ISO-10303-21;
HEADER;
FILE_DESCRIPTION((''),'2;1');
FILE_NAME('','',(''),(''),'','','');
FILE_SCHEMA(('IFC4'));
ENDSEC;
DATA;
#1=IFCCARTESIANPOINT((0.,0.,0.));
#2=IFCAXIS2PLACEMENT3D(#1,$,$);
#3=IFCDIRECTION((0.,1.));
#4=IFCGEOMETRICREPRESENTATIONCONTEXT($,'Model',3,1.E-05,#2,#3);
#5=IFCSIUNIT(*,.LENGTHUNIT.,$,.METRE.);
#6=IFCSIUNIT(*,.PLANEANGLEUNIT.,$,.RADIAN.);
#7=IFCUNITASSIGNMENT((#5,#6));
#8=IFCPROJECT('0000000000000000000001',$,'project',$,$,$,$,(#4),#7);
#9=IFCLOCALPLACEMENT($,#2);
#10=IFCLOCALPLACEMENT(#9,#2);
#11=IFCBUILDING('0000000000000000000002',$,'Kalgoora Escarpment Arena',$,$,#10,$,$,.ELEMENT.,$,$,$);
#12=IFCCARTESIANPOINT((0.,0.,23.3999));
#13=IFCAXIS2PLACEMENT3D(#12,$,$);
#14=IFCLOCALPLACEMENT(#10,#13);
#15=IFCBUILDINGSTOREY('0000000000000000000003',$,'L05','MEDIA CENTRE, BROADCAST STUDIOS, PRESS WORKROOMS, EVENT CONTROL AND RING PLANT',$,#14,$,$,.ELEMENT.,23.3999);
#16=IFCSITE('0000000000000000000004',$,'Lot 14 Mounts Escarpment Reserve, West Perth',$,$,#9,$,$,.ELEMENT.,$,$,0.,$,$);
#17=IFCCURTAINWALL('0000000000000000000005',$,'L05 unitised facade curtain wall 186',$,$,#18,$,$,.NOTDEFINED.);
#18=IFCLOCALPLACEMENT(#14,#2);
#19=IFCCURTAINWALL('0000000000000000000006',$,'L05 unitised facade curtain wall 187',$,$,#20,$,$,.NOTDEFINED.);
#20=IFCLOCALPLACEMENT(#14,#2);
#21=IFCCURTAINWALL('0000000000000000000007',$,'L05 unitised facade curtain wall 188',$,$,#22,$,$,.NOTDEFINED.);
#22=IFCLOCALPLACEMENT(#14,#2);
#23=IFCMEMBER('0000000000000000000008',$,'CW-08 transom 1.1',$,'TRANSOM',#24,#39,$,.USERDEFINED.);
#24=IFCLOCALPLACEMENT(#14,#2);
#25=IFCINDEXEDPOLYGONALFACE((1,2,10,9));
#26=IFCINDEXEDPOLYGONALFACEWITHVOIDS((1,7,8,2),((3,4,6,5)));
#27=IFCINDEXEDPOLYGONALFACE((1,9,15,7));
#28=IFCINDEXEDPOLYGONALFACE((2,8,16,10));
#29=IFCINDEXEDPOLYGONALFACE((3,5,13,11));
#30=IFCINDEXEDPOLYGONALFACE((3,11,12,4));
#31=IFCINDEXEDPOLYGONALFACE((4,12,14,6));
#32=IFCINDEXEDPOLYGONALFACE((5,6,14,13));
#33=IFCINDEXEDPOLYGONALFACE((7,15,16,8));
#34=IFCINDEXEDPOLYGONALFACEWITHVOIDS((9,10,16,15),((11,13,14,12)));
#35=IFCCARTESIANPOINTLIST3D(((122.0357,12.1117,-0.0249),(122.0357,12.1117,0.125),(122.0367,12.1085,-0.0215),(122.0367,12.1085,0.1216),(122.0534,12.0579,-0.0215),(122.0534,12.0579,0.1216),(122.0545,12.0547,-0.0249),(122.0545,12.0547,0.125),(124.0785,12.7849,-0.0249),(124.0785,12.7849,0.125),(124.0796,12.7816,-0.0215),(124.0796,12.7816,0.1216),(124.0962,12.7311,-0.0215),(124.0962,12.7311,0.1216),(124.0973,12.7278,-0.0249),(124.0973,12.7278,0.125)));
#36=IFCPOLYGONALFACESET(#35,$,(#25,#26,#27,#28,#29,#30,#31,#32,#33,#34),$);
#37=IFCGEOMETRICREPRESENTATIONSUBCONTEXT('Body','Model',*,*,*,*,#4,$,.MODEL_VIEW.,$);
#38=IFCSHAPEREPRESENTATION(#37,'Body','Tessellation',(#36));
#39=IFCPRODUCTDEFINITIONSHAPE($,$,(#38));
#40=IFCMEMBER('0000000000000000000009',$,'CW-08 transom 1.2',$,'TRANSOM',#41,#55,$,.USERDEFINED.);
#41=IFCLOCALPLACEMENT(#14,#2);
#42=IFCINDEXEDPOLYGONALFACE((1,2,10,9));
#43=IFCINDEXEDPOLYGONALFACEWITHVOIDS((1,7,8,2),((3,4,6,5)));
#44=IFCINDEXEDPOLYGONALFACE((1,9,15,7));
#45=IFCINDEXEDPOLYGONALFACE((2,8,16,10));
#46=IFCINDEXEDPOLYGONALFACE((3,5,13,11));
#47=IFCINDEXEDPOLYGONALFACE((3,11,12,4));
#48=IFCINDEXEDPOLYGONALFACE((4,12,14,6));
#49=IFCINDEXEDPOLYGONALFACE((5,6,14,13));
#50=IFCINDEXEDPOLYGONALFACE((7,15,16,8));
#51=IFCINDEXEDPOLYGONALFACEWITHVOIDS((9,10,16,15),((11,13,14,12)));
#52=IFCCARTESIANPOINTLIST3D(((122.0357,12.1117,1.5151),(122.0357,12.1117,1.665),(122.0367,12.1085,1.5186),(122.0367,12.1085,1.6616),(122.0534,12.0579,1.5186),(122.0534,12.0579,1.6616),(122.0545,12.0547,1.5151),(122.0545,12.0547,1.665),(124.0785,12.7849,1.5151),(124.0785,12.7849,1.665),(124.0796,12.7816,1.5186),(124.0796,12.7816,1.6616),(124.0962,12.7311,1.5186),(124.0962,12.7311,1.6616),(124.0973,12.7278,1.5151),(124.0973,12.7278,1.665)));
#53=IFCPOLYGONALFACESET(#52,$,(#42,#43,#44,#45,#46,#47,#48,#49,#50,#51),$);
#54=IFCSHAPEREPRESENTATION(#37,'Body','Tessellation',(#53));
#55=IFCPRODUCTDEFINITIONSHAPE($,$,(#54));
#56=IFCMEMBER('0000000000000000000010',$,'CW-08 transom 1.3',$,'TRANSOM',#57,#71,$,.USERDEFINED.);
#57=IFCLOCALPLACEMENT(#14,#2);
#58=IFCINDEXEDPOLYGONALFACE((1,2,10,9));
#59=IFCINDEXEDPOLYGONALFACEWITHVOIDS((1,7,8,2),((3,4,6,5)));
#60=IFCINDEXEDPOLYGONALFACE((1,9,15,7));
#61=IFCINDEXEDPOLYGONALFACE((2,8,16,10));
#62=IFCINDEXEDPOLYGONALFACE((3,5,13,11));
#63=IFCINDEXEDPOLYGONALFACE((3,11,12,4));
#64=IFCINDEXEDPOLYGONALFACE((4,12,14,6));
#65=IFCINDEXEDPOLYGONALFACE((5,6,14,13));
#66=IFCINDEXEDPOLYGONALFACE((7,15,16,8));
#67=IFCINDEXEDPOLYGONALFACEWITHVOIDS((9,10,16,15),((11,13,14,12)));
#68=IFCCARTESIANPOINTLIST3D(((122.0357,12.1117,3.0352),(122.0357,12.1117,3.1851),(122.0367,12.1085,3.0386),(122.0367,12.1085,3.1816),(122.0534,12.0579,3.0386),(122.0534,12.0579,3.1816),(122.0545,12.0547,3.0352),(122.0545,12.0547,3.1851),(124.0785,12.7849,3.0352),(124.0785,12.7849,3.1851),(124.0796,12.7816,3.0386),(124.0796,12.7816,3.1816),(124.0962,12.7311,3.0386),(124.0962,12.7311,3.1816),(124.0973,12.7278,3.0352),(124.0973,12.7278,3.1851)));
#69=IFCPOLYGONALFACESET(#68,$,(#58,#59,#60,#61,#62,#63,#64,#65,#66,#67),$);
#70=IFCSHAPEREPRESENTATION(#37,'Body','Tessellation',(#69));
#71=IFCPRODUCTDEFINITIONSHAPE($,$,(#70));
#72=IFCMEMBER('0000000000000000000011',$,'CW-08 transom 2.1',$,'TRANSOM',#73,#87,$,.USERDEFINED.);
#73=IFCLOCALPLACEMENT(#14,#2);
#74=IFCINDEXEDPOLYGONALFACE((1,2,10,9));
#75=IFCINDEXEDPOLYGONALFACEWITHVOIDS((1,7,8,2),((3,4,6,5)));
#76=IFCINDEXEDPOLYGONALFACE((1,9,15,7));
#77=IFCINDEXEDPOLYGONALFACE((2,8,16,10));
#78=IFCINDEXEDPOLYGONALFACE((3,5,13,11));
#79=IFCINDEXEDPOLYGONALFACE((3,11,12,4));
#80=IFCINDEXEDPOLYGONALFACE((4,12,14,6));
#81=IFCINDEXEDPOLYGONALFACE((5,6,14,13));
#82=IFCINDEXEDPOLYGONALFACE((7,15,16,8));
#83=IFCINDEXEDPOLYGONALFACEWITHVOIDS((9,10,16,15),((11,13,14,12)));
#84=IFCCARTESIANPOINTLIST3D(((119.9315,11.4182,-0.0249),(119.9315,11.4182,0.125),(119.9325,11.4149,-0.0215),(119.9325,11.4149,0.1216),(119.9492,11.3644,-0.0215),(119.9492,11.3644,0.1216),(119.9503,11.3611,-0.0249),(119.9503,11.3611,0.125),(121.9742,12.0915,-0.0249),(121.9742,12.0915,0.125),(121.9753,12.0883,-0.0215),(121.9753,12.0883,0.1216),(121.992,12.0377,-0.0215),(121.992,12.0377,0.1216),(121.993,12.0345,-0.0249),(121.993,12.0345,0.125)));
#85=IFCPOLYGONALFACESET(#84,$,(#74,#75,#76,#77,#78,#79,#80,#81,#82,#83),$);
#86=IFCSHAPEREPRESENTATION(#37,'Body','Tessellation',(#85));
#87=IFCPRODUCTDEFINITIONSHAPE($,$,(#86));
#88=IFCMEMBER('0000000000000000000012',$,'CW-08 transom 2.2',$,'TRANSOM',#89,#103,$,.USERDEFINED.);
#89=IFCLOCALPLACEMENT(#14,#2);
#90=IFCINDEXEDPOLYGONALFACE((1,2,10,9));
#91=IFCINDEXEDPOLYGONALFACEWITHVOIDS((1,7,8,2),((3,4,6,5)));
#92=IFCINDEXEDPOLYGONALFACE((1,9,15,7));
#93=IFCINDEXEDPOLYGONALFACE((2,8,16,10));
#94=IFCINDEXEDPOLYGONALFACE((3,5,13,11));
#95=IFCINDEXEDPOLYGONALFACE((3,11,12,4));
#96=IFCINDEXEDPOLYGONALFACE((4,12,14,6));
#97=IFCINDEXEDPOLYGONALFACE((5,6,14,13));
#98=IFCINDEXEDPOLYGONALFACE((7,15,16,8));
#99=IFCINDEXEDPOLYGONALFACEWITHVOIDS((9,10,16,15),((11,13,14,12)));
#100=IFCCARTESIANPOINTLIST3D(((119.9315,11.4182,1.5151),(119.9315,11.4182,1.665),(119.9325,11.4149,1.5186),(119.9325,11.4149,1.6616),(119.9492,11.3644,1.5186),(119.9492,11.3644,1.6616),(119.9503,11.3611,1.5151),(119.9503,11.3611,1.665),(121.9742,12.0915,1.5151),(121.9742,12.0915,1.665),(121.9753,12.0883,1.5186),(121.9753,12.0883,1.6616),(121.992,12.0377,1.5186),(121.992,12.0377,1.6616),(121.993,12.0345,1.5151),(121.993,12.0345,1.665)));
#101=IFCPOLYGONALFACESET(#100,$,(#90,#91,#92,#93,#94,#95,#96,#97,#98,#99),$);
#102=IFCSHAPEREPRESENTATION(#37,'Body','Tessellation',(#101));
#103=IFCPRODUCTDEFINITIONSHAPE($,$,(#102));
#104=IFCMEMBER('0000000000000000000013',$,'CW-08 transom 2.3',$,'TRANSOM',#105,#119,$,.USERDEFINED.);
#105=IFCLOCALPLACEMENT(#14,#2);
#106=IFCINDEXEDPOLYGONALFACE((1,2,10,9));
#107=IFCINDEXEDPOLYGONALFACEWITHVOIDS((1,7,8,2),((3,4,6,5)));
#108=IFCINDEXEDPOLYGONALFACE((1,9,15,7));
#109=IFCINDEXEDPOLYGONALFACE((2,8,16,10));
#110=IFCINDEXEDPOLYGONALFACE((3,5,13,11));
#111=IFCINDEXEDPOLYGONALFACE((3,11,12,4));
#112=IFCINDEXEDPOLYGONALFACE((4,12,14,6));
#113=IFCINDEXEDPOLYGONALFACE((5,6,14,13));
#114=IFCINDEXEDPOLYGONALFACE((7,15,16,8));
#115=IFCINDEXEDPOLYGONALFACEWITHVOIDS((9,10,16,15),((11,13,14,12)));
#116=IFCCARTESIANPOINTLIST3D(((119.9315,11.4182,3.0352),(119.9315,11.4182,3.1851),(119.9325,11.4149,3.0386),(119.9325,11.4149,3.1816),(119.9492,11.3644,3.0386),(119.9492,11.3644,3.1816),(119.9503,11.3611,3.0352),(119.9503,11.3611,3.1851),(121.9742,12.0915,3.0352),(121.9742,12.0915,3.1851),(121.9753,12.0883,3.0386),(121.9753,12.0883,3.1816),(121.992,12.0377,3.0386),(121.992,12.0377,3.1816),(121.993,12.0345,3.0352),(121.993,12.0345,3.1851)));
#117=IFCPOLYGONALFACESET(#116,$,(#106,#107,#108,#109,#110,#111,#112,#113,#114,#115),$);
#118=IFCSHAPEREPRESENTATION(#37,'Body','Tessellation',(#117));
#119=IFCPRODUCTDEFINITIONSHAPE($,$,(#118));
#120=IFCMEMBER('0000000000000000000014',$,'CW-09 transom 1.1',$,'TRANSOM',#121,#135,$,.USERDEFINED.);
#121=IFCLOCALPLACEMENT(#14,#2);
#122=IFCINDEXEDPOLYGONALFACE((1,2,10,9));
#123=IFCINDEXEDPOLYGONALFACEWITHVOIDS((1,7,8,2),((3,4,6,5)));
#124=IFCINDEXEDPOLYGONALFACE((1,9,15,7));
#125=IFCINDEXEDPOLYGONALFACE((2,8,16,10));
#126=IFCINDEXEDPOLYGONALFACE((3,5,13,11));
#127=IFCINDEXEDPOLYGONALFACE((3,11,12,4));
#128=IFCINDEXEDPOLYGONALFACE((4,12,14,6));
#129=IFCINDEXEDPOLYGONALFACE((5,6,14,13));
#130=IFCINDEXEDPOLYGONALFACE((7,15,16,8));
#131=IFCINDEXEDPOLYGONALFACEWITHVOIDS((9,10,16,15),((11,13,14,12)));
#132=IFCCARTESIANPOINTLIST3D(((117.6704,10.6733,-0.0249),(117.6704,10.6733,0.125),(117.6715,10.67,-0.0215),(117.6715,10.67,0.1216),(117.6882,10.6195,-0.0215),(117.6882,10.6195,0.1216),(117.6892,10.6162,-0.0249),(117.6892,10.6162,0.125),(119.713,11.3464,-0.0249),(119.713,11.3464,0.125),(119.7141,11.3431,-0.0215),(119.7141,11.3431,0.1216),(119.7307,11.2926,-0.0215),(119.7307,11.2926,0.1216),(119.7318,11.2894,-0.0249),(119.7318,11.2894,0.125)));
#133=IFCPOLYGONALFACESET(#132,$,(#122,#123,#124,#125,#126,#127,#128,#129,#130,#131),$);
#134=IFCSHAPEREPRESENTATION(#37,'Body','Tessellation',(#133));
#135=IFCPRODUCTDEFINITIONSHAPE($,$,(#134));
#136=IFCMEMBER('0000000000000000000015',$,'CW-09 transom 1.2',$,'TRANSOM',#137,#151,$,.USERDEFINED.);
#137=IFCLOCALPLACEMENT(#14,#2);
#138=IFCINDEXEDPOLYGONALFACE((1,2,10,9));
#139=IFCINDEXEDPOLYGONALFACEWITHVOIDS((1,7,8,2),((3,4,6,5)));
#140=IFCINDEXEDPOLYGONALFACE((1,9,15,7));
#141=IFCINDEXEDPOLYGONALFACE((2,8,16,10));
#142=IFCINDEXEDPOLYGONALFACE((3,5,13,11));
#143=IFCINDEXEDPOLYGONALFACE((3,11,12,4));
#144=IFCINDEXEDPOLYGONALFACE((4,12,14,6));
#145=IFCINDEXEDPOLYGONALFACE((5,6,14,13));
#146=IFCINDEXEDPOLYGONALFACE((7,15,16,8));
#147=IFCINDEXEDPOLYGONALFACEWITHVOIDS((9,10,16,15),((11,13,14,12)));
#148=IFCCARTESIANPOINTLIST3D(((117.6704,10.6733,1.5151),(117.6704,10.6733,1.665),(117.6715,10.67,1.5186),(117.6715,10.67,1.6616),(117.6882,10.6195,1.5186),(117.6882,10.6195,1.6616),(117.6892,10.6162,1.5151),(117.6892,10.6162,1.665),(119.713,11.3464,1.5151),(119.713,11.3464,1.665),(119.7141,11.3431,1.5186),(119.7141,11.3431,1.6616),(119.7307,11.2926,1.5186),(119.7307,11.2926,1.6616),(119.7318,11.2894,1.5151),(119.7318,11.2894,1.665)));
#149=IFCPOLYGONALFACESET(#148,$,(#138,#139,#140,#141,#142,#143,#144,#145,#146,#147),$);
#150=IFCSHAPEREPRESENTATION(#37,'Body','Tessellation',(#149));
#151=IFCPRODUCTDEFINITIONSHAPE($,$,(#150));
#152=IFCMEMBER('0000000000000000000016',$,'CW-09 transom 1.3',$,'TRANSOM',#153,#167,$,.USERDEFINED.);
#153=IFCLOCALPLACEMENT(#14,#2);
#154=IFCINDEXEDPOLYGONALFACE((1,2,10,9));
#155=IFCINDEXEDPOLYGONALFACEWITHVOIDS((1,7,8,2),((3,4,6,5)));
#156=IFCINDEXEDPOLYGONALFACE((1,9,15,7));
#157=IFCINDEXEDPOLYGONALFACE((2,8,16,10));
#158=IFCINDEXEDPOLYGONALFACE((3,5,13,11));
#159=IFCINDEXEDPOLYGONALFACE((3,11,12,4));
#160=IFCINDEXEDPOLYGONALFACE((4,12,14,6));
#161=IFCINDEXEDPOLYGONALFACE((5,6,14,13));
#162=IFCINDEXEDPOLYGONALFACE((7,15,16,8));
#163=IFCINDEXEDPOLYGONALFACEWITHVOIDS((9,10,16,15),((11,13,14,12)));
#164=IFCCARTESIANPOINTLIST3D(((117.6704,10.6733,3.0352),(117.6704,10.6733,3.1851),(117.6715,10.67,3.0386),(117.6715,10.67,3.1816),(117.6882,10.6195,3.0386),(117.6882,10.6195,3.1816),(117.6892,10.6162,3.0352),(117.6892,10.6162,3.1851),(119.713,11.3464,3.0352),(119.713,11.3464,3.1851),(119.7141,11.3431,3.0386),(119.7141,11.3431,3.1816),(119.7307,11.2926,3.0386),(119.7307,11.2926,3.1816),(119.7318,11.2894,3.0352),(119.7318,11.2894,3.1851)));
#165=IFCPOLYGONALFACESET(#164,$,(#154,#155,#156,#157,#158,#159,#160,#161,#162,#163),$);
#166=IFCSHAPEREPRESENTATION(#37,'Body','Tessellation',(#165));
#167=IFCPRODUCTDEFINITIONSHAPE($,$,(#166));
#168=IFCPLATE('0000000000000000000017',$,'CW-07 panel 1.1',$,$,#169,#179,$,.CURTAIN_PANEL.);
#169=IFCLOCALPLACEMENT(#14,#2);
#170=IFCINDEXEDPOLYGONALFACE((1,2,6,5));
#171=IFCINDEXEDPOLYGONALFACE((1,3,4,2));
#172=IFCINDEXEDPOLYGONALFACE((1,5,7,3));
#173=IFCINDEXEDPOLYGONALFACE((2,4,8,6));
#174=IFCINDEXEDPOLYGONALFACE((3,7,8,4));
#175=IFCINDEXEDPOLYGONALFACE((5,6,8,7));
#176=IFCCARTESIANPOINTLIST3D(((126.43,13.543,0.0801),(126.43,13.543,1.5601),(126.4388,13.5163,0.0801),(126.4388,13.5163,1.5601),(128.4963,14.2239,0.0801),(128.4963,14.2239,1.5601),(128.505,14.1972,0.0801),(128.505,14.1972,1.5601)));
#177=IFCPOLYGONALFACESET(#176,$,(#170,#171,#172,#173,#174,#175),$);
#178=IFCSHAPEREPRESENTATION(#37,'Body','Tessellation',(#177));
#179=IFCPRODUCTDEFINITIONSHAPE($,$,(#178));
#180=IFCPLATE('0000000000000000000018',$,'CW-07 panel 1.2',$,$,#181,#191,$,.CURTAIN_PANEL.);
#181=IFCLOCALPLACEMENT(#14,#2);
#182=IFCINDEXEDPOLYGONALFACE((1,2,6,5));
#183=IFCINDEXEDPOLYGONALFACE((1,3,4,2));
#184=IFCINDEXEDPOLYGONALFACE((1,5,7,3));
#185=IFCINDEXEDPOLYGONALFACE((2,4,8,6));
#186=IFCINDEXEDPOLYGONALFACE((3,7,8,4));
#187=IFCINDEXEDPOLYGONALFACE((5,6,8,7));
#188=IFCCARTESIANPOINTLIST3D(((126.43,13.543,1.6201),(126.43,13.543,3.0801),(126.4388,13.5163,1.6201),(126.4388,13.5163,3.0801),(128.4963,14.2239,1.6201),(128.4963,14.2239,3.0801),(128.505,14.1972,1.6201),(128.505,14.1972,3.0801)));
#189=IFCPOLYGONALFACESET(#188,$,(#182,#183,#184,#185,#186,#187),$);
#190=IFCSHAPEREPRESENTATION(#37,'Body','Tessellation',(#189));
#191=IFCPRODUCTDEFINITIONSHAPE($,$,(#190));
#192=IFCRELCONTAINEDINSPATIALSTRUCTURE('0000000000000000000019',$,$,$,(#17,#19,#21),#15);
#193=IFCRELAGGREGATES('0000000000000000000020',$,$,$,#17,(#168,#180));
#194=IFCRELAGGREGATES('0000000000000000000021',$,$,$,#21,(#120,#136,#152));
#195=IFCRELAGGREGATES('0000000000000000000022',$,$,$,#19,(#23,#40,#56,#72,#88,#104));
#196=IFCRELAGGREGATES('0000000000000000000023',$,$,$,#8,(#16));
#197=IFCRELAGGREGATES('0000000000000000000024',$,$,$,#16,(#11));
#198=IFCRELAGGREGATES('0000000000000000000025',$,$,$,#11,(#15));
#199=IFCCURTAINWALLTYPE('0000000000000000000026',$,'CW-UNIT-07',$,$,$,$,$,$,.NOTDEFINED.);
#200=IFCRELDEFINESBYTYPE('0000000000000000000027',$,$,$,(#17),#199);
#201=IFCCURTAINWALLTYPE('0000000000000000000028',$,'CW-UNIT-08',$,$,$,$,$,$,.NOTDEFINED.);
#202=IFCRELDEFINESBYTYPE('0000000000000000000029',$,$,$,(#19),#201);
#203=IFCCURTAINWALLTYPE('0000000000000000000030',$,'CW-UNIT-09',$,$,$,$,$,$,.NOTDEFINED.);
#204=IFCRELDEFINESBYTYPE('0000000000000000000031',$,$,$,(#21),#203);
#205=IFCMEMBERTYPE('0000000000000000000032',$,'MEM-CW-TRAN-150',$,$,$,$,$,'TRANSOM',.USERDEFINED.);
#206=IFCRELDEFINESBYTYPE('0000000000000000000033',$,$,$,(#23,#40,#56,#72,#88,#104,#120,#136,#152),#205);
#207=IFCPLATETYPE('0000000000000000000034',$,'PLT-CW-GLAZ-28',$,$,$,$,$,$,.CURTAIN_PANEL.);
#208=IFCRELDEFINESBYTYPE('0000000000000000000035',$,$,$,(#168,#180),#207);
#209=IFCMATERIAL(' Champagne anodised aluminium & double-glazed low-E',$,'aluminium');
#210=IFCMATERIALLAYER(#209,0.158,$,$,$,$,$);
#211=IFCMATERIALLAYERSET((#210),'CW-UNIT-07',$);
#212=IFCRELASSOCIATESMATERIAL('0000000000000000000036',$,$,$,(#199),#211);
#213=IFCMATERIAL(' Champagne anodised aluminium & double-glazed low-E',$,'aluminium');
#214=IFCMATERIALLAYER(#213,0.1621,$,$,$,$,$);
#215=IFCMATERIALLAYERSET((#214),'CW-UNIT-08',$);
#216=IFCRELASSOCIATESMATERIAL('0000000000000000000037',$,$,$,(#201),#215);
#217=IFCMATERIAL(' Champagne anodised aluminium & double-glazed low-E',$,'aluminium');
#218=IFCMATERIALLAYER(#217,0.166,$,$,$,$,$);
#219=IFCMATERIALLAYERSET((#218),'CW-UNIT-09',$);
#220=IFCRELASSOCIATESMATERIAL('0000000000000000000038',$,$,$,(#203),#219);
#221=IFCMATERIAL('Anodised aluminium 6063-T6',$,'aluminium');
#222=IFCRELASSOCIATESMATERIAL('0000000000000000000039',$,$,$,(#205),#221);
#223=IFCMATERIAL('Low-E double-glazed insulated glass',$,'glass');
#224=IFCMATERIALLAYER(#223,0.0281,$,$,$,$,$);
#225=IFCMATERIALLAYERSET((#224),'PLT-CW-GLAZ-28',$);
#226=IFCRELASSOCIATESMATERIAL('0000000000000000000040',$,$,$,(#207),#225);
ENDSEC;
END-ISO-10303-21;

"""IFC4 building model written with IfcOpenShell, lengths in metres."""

from ifc_helpers import new_model, si_unit, direction, frame, origin, origin_2d, place, context, subcontext, project, spatial, rectangle, hollow_rectangle, extrude, material, layer, layer_set, material_profile, profile_set, type_object, element, aggregate, save


model = new_model("IFC4")

# Units and contexts
model_context = context("Model", 3, precision=1e-05, world=origin(), true_north=direction((0.0, 1.0)))
body_context = subcontext(model_context, "Body", "Model", "MODEL_VIEW")
ifc_project = project(units=[si_unit("LENGTHUNIT", "METRE"), si_unit("PLANEANGLEUNIT", "RADIAN")], contexts=[model_context])

# Site, building, storey
site_placement = place(None, origin())
site = spatial("IfcSite", under=ifc_project, at=site_placement, Name="Lot 14 Mounts Escarpment Reserve, West Perth", CompositionType="ELEMENT", RefElevation=0.0)
building_placement = place(site_placement, origin())
building = spatial("IfcBuilding", under=site, at=building_placement, Name="Kalgoora Escarpment Arena", CompositionType="ELEMENT")
storey_placement = place(building_placement, frame((0.0, 0.0, 23.3999)))
storey = spatial("IfcBuildingStorey", under=building, at=storey_placement, Name="L05", Description="MEDIA CENTRE, BROADCAST STUDIOS, PRESS WORKROOMS, EVENT CONTROL AND RING PLANT", CompositionType="ELEMENT", Elevation=23.3999)

# Curtain walls
ifc_material_1 = material(Name=" Champagne anodised aluminium & double-glazed low-E", Category="aluminium")
ifc_layer_1 = layer(ifc_material_1, 0.158)
ifc_layer_set_1 = layer_set([ifc_layer_1], Name="CW-UNIT-07")
curtain_wall_type_1 = type_object("IfcCurtainWallType", Name="CW-UNIT-07", PredefinedType="NOTDEFINED", material=ifc_layer_set_1)
curtain_wall_1_placement = place(storey_placement, origin())
curtain_wall_1 = element("IfcCurtainWall", 1, at=curtain_wall_1_placement, inside=storey, type_object=curtain_wall_type_1, Name="L05 unitised facade curtain wall 186", PredefinedType="NOTDEFINED")
ifc_material_2 = material(Name=" Champagne anodised aluminium & double-glazed low-E", Category="aluminium")
ifc_layer_2 = layer(ifc_material_2, 0.1621)
ifc_layer_set_2 = layer_set([ifc_layer_2], Name="CW-UNIT-08")
curtain_wall_type_2 = type_object("IfcCurtainWallType", Name="CW-UNIT-08", PredefinedType="NOTDEFINED", material=ifc_layer_set_2)
curtain_wall_2_placement = place(storey_placement, origin())
curtain_wall_2 = element("IfcCurtainWall", 2, at=curtain_wall_2_placement, inside=storey, type_object=curtain_wall_type_2, Name="L05 unitised facade curtain wall 187", PredefinedType="NOTDEFINED")
ifc_material_3 = material(Name=" Champagne anodised aluminium & double-glazed low-E", Category="aluminium")
ifc_layer_3 = layer(ifc_material_3, 0.166)
ifc_layer_set_3 = layer_set([ifc_layer_3], Name="CW-UNIT-09")
curtain_wall_type_3 = type_object("IfcCurtainWallType", Name="CW-UNIT-09", PredefinedType="NOTDEFINED", material=ifc_layer_set_3)
curtain_wall_3_placement = place(storey_placement, origin())
curtain_wall_3 = element("IfcCurtainWall", 3, at=curtain_wall_3_placement, inside=storey, type_object=curtain_wall_type_3, Name="L05 unitised facade curtain wall 188", PredefinedType="NOTDEFINED")

# Members
ifc_material_4 = material(Name="Anodised aluminium 6063-T6", Category="aluminium")
ifc_material_profile_1 = material_profile(ifc_material_4, hollow_rectangle(XDim=0.0601, YDim=0.1499, WallThickness=0.0034, at=origin_2d()))
ifc_profile_set_1 = profile_set([ifc_material_profile_1], Name="Anodised aluminium 6063-T6")
member_type_1 = type_object("IfcMemberType", Name="MEM-CW-TRAN-150", ElementType="TRANSOM", PredefinedType="USERDEFINED", material=ifc_profile_set_1)
member_1_placement = place(storey_placement, frame((124.0879, 12.7563, 0.05), z_axis=(-0.949767, -0.312957, 0.0), x_axis=(0.312957, -0.949767, 0.0)))
member_1 = element("IfcMember", 4, at=member_1_placement, type_object=member_type_1, Name="CW-08 transom 1.1", ObjectType="TRANSOM", PredefinedType="USERDEFINED", context=body_context, shape_type="SweptSolid", body=[
    extrude(hollow_rectangle(XDim=0.0601, YDim=0.1499, WallThickness=0.0034, at=origin_2d()), origin(), (0.0, 0.0, 1.0), 2.1509),
])
member_2_placement = place(storey_placement, frame((124.0879, 12.7563, 1.5901), z_axis=(-0.949767, -0.312957, 0.0), x_axis=(0.312957, -0.949767, 0.0)))
member_2 = element("IfcMember", 5, at=member_2_placement, type_object=member_type_1, Name="CW-08 transom 1.2", ObjectType="TRANSOM", PredefinedType="USERDEFINED", context=body_context, shape_type="SweptSolid", body=[
    extrude(hollow_rectangle(XDim=0.0601, YDim=0.1499, WallThickness=0.0034, at=origin_2d()), origin(), (0.0, 0.0, 1.0), 2.1509),
])
member_3_placement = place(storey_placement, frame((124.0879, 12.7563, 3.1101), z_axis=(-0.949767, -0.312957, 0.0), x_axis=(0.312957, -0.949767, 0.0)))
member_3 = element("IfcMember", 6, at=member_3_placement, type_object=member_type_1, Name="CW-08 transom 1.3", ObjectType="TRANSOM", PredefinedType="USERDEFINED", context=body_context, shape_type="SweptSolid", body=[
    extrude(hollow_rectangle(XDim=0.0601, YDim=0.1499, WallThickness=0.0034, at=origin_2d()), origin(), (0.0, 0.0, 1.0), 2.1509),
])
member_4_placement = place(storey_placement, frame((121.9836, 12.063, 0.05), z_axis=(-0.949734, -0.313059, 0.0), x_axis=(0.313059, -0.949734, 0.0)))
member_4 = element("IfcMember", 7, at=member_4_placement, type_object=member_type_1, Name="CW-08 transom 2.1", ObjectType="TRANSOM", PredefinedType="USERDEFINED", context=body_context, shape_type="SweptSolid", body=[
    extrude(hollow_rectangle(XDim=0.0601, YDim=0.1499, WallThickness=0.0034, at=origin_2d()), origin(), (0.0, 0.0, 1.0), 2.1509),
])
member_5_placement = place(storey_placement, frame((121.9836, 12.063, 1.5901), z_axis=(-0.949734, -0.313059, 0.0), x_axis=(0.313059, -0.949734, 0.0)))
member_5 = element("IfcMember", 8, at=member_5_placement, type_object=member_type_1, Name="CW-08 transom 2.2", ObjectType="TRANSOM", PredefinedType="USERDEFINED", context=body_context, shape_type="SweptSolid", body=[
    extrude(hollow_rectangle(XDim=0.0601, YDim=0.1499, WallThickness=0.0034, at=origin_2d()), origin(), (0.0, 0.0, 1.0), 2.1509),
])
member_6_placement = place(storey_placement, frame((121.9836, 12.063, 3.1101), z_axis=(-0.949734, -0.313059, 0.0), x_axis=(0.313059, -0.949734, 0.0)))
member_6 = element("IfcMember", 9, at=member_6_placement, type_object=member_type_1, Name="CW-08 transom 2.3", ObjectType="TRANSOM", PredefinedType="USERDEFINED", context=body_context, shape_type="SweptSolid", body=[
    extrude(hollow_rectangle(XDim=0.0601, YDim=0.1499, WallThickness=0.0034, at=origin_2d()), origin(), (0.0, 0.0, 1.0), 2.1509),
])
member_7_placement = place(storey_placement, frame((119.7224, 11.3179, 0.05), z_axis=(-0.949756, -0.31299, 0.0), x_axis=(0.31299, -0.949756, 0.0)))
member_7 = element("IfcMember", 10, at=member_7_placement, type_object=member_type_1, Name="CW-09 transom 1.1", ObjectType="TRANSOM", PredefinedType="USERDEFINED", context=body_context, shape_type="SweptSolid", body=[
    extrude(hollow_rectangle(XDim=0.0601, YDim=0.1499, WallThickness=0.0034, at=origin_2d()), origin(), (0.0, 0.0, 1.0), 2.1506),
])
member_8_placement = place(storey_placement, frame((119.7224, 11.3179, 1.5901), z_axis=(-0.949756, -0.31299, 0.0), x_axis=(0.31299, -0.949756, 0.0)))
member_8 = element("IfcMember", 11, at=member_8_placement, type_object=member_type_1, Name="CW-09 transom 1.2", ObjectType="TRANSOM", PredefinedType="USERDEFINED", context=body_context, shape_type="SweptSolid", body=[
    extrude(hollow_rectangle(XDim=0.0601, YDim=0.1499, WallThickness=0.0034, at=origin_2d()), origin(), (0.0, 0.0, 1.0), 2.1506),
])
member_9_placement = place(storey_placement, frame((119.7224, 11.3179, 3.1101), z_axis=(-0.949756, -0.31299, 0.0), x_axis=(0.31299, -0.949756, 0.0)))
member_9 = element("IfcMember", 12, at=member_9_placement, type_object=member_type_1, Name="CW-09 transom 1.3", ObjectType="TRANSOM", PredefinedType="USERDEFINED", context=body_context, shape_type="SweptSolid", body=[
    extrude(hollow_rectangle(XDim=0.0601, YDim=0.1499, WallThickness=0.0034, at=origin_2d()), origin(), (0.0, 0.0, 1.0), 2.1506),
])

# Plates
ifc_material_5 = material(Name="Low-E double-glazed insulated glass", Category="glass")
ifc_layer_4 = layer(ifc_material_5, 0.0281)
ifc_layer_set_4 = layer_set([ifc_layer_4], Name="PLT-CW-GLAZ-28")
plate_type_1 = type_object("IfcPlateType", Name="PLT-CW-GLAZ-28", PredefinedType="CURTAIN_PANEL", material=ifc_layer_set_4)
plate_1_placement = place(storey_placement, frame((127.4675, 13.8701, 0.0801), z_axis=(0.0, 0.0, 1.0), x_axis=(-0.949758, -0.312986, 0.0)))
plate_1 = element("IfcPlate", 13, at=plate_1_placement, type_object=plate_type_1, Name="CW-07 panel 1.1", PredefinedType="CURTAIN_PANEL", context=body_context, shape_type="SweptSolid", body=[
    extrude(rectangle(XDim=2.1755, YDim=0.0281, at=origin_2d()), origin(), (0.0, 0.0, 1.0), 1.48),
])
plate_2_placement = place(storey_placement, frame((127.4675, 13.8701, 1.6201), z_axis=(0.0, 0.0, 1.0), x_axis=(-0.949758, -0.312986, 0.0)))
plate_2 = element("IfcPlate", 14, at=plate_2_placement, type_object=plate_type_1, Name="CW-07 panel 1.2", PredefinedType="CURTAIN_PANEL", context=body_context, shape_type="SweptSolid", body=[
    extrude(rectangle(XDim=2.1755, YDim=0.0281, at=origin_2d()), origin(), (0.0, 0.0, 1.0), 1.46),
])
aggregate(curtain_wall_1, [plate_1, plate_2])
aggregate(curtain_wall_3, [member_7, member_8, member_9])
aggregate(curtain_wall_2, [member_1, member_2, member_3, member_4, member_5, member_6])

save(model, "model.ifc")
